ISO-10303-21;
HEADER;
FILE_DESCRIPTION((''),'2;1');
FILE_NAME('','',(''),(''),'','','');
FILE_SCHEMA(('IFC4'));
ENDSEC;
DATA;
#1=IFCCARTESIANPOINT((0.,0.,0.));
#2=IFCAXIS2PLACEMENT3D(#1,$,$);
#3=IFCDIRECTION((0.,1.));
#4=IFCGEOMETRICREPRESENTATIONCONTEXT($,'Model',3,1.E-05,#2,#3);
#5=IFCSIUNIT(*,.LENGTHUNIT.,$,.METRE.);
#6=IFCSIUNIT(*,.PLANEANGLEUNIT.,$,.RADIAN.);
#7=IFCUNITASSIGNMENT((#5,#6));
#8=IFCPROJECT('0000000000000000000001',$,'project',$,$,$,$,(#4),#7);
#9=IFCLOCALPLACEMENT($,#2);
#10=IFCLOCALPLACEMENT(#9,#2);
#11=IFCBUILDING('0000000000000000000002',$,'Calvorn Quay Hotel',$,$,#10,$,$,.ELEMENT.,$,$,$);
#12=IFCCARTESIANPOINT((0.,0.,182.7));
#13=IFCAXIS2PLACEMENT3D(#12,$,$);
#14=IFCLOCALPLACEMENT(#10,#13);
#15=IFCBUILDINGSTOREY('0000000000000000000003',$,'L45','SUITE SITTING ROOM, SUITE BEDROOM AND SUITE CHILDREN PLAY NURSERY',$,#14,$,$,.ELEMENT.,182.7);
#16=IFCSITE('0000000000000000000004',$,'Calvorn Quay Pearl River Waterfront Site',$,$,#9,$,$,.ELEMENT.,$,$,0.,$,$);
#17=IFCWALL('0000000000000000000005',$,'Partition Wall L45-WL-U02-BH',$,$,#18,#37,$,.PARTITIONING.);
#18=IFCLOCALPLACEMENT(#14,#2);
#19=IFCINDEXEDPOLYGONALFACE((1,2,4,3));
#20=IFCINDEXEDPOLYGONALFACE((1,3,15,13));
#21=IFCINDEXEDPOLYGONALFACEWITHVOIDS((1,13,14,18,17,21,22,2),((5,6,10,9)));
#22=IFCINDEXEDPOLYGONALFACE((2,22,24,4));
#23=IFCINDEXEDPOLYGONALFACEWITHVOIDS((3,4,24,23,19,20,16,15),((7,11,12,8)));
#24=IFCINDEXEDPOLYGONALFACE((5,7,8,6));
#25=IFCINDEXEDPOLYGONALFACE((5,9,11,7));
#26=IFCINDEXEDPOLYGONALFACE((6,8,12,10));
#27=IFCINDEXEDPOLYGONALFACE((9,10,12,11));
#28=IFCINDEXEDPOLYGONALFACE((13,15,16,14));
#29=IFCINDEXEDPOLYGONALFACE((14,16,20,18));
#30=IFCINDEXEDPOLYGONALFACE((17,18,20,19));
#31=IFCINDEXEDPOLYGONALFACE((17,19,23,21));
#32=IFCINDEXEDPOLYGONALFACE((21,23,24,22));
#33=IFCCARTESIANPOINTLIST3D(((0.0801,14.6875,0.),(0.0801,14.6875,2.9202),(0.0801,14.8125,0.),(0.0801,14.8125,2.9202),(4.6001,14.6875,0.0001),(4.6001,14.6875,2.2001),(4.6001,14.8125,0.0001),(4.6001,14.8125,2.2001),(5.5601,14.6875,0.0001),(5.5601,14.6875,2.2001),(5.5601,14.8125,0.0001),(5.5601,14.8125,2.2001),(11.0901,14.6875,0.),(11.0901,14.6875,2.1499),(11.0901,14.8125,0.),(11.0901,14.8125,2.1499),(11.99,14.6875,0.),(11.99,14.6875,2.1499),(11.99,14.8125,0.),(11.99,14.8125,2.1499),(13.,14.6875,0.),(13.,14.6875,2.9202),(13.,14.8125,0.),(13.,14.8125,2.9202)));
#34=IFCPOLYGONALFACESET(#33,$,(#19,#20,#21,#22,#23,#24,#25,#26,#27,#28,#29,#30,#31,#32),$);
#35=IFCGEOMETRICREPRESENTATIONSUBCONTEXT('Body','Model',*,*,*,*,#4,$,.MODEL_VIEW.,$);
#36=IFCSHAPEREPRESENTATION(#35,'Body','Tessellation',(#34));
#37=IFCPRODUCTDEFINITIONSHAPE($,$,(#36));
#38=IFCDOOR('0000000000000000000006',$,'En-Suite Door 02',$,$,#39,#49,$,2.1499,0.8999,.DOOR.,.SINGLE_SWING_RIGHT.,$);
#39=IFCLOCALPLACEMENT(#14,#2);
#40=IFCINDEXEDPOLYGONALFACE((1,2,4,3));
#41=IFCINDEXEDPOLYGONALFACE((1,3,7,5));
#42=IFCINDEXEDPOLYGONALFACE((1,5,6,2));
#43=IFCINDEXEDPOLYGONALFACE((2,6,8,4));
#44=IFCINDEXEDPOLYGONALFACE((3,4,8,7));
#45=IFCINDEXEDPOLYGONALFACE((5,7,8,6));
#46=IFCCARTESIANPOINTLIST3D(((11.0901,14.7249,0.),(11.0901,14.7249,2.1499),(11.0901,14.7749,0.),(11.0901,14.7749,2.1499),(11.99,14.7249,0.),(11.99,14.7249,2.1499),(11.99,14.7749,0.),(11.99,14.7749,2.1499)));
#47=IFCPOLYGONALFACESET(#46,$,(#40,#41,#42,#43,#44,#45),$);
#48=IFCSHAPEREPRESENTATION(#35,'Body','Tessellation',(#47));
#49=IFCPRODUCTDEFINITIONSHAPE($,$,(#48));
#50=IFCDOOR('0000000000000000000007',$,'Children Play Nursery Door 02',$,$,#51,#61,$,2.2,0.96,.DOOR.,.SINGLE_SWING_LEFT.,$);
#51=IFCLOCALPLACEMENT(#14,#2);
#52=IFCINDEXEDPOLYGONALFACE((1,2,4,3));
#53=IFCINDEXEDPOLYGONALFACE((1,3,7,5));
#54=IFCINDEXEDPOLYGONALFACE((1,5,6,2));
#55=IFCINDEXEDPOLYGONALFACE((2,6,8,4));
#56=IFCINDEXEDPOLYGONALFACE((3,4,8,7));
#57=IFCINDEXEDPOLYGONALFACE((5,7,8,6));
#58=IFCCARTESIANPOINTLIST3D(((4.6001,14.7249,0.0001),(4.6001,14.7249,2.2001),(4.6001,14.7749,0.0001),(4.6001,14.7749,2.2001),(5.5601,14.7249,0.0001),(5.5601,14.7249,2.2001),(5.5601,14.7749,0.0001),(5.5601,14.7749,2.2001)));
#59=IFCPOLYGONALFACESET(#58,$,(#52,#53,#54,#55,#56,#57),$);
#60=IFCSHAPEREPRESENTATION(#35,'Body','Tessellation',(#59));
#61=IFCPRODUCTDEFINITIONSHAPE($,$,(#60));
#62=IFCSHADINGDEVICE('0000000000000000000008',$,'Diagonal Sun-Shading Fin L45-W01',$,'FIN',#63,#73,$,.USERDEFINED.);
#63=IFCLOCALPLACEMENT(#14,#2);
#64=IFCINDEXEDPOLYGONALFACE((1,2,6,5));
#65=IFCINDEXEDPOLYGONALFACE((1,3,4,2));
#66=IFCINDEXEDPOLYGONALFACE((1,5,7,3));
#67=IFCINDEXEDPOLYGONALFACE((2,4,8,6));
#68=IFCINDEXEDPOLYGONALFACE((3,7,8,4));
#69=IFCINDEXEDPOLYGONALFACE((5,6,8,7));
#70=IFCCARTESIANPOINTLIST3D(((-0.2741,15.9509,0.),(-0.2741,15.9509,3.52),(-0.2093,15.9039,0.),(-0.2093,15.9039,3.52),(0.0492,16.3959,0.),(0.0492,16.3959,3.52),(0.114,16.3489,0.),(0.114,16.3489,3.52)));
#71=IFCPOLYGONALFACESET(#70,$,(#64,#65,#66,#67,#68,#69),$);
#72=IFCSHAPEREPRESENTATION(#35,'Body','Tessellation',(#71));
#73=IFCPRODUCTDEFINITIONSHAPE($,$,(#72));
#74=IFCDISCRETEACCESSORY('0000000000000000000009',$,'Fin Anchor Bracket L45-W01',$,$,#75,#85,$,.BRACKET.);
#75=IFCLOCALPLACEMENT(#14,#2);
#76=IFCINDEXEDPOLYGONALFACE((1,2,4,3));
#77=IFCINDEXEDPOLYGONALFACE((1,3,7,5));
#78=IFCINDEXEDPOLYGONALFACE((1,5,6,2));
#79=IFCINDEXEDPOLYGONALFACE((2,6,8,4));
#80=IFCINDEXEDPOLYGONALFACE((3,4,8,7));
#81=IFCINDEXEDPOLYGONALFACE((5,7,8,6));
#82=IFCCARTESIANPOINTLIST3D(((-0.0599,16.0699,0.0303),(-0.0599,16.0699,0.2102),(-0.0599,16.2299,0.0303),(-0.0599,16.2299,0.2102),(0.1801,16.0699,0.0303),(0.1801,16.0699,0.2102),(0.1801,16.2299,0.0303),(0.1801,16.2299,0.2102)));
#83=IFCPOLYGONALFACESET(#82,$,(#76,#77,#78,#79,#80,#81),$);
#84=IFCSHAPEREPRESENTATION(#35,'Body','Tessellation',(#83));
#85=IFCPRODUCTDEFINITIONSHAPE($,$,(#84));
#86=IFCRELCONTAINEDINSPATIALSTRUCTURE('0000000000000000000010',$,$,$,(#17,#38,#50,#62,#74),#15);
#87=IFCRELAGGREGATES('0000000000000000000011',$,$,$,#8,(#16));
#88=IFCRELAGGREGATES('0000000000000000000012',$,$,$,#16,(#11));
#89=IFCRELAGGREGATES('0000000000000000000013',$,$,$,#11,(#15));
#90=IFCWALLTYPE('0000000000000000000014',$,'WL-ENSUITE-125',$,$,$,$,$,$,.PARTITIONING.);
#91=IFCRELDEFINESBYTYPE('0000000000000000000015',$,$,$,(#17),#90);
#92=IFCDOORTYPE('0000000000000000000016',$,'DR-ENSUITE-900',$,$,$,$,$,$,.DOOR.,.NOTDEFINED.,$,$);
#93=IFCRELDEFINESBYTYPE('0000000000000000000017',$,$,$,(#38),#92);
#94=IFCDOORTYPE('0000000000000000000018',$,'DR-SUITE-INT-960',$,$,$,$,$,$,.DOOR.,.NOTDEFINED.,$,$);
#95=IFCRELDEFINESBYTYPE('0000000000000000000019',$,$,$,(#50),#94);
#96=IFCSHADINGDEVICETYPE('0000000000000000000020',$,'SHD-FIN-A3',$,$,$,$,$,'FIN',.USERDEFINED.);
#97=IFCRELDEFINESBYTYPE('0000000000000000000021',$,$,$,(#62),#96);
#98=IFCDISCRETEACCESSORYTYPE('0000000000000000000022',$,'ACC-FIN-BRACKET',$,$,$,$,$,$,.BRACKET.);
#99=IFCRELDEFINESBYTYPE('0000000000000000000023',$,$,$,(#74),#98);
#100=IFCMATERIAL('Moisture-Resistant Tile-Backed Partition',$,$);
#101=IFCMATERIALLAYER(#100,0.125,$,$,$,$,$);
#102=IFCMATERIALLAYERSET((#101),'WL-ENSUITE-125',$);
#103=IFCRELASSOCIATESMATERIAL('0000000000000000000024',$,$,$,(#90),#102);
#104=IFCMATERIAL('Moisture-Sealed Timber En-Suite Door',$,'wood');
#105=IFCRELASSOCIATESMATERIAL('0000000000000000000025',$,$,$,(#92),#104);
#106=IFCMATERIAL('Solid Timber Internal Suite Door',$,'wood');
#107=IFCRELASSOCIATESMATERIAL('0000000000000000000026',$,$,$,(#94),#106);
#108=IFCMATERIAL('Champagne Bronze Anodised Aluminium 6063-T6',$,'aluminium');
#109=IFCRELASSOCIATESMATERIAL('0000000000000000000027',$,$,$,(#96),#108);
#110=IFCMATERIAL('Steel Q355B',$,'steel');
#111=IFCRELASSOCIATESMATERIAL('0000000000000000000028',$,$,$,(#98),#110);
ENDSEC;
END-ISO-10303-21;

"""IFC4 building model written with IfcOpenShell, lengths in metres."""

from ifc_helpers import new_model, si_unit, direction, frame, frame_2d, origin, origin_2d, place, context, subcontext, project, spatial, rectangle, extrude, material, layer, layer_set, type_object, element, fill, save


model = new_model("IFC4")

# Units and contexts
model_context = context("Model", 3, precision=1e-05, world=origin(), true_north=direction((0.0, 1.0)))
body_context = subcontext(model_context, "Body", "Model", "MODEL_VIEW")
ifc_project = project(units=[si_unit("LENGTHUNIT", "METRE"), si_unit("PLANEANGLEUNIT", "RADIAN")], contexts=[model_context])

# Site, building, storey
site_placement = place(None, origin())
site = spatial("IfcSite", under=ifc_project, at=site_placement, Name="Calvorn Quay Pearl River Waterfront Site", CompositionType="ELEMENT", RefElevation=0.0)
building_placement = place(site_placement, origin())
building = spatial("IfcBuilding", under=site, at=building_placement, Name="Calvorn Quay Hotel", CompositionType="ELEMENT")
storey_placement = place(building_placement, frame((0.0, 0.0, 182.7)))
storey = spatial("IfcBuildingStorey", under=building, at=storey_placement, Name="L45", Description="SUITE SITTING ROOM, SUITE BEDROOM AND SUITE CHILDREN PLAY NURSERY", CompositionType="ELEMENT", Elevation=182.7)

# Wall, openings, doors
ifc_material_1 = material(Name="Moisture-Resistant Tile-Backed Partition")
ifc_layer_1 = layer(ifc_material_1, 0.125)
ifc_layer_set_1 = layer_set([ifc_layer_1], Name="WL-ENSUITE-125")
wall_type_1 = type_object("IfcWallType", Name="WL-ENSUITE-125", PredefinedType="PARTITIONING", material=ifc_layer_set_1)
wall_1_placement = place(storey_placement, frame((0.0801, 14.75, 0.0), z_axis=(0.0, 0.0, 1.0), x_axis=(1.0, 0.0, 0.0)))
wall_1 = element("IfcWall", 1, at=wall_1_placement, inside=storey, type_object=wall_type_1, Name="Partition Wall L45-WL-U02-BH", PredefinedType="PARTITIONING", context=body_context, shape_type="SweptSolid", body=[
    extrude(rectangle(XDim=12.9199, YDim=0.125, at=frame_2d((6.46, 0.0))), origin(), (0.0, 0.0, 1.0), 2.9202),
])
opening_1_placement = place(wall_1_placement, frame((4.52, 0.0, 0.0)))
opening_1 = element("IfcOpeningElement", 2, at=opening_1_placement, cuts=wall_1, PredefinedType="OPENING", context=body_context, shape_type="SweptSolid", body=[
    extrude(rectangle(XDim=0.96, YDim=2.2, at=frame_2d((0.48, 1.1001))), frame((0.0, 0.0725, 0.0), z_axis=(0.0, -1.0, 0.0), x_axis=(1.0, 0.0, 0.0)), (0.0, 0.0, 1.0), 0.145),
])
opening_2_placement = place(wall_1_placement, frame((11.01, 0.0, 0.0)))
opening_2 = element("IfcOpeningElement", 3, at=opening_2_placement, cuts=wall_1, PredefinedType="OPENING", context=body_context, shape_type="SweptSolid", body=[
    extrude(rectangle(XDim=0.8999, YDim=2.1499, at=frame_2d((0.45, 1.075))), frame((0.0, 0.0725, 0.0), z_axis=(0.0, -1.0, 0.0), x_axis=(1.0, 0.0, 0.0)), (0.0, 0.0, 1.0), 0.145),
])
ifc_material_2 = material(Name="Moisture-Sealed Timber En-Suite Door", Category="wood")
door_type_1 = type_object("IfcDoorType", Name="DR-ENSUITE-900", OperationType="NOTDEFINED", PredefinedType="DOOR", material=ifc_material_2)
door_1_placement = place(opening_2_placement, origin())
door_1 = element("IfcDoor", 4, at=door_1_placement, inside=storey, type_object=door_type_1, Name="En-Suite Door 02", OperationType="SINGLE_SWING_RIGHT", OverallHeight=2.1499, OverallWidth=0.8999, PredefinedType="DOOR", context=body_context, shape_type="SweptSolid", body=[
    extrude(rectangle(XDim=0.8999, YDim=2.1499, at=frame_2d((0.45, 1.075))), frame((0.0, 0.0249, 0.0), z_axis=(0.0, -1.0, 0.0), x_axis=(1.0, 0.0, 0.0)), (0.0, 0.0, 1.0), 0.05),
])
fill(opening_2, door_1)
ifc_material_3 = material(Name="Solid Timber Internal Suite Door", Category="wood")
door_type_2 = type_object("IfcDoorType", Name="DR-SUITE-INT-960", OperationType="NOTDEFINED", PredefinedType="DOOR", material=ifc_material_3)
door_2_placement = place(opening_1_placement, origin())
door_2 = element("IfcDoor", 5, at=door_2_placement, inside=storey, type_object=door_type_2, Name="Children Play Nursery Door 02", OperationType="SINGLE_SWING_LEFT", OverallHeight=2.2, OverallWidth=0.96, PredefinedType="DOOR", context=body_context, shape_type="SweptSolid", body=[
    extrude(rectangle(XDim=0.96, YDim=2.2, at=frame_2d((0.48, 1.1001))), frame((0.0, 0.0249, 0.0), z_axis=(0.0, -1.0, 0.0), x_axis=(1.0, 0.0, 0.0)), (0.0, 0.0, 1.0), 0.05),
])
fill(opening_1, door_2)

# Shading device
ifc_material_4 = material(Name="Champagne Bronze Anodised Aluminium 6063-T6", Category="aluminium")
shading_device_type = type_object("IfcShadingDeviceType", Name="SHD-FIN-A3", ElementType="FIN", PredefinedType="USERDEFINED", material=ifc_material_4)
shading_device_placement = place(storey_placement, frame((-0.0801, 16.1499, 0.0), z_axis=(0.0, 0.0, 1.0), x_axis=(0.587785, 0.809017, 0.0)))
element("IfcShadingDevice", 6, at=shading_device_placement, inside=storey, type_object=shading_device_type, Name="Diagonal Sun-Shading Fin L45-W01", ObjectType="FIN", PredefinedType="USERDEFINED", context=body_context, shape_type="SweptSolid", body=[
    extrude(rectangle(XDim=0.55, YDim=0.0801, at=origin_2d()), origin(), (0.0, 0.0, 1.0), 3.52),
])

# Discrete accessory
ifc_material_5 = material(Name="Steel Q355B", Category="steel")
discrete_accessory_type = type_object("IfcDiscreteAccessoryType", Name="ACC-FIN-BRACKET", PredefinedType="BRACKET", material=ifc_material_5)
discrete_accessory_placement = place(storey_placement, frame((0.0601, 16.1499, 0.0303), z_axis=(0.0, 0.0, 1.0), x_axis=(1.0, 0.0, 0.0)))
element("IfcDiscreteAccessory", 7, at=discrete_accessory_placement, inside=storey, type_object=discrete_accessory_type, Name="Fin Anchor Bracket L45-W01", PredefinedType="BRACKET", context=body_context, shape_type="SweptSolid", body=[
    extrude(rectangle(XDim=0.24, YDim=0.1599, at=origin_2d()), origin(), (0.0, 0.0, 1.0), 0.1799),
])

save(model, "model.ifc")
